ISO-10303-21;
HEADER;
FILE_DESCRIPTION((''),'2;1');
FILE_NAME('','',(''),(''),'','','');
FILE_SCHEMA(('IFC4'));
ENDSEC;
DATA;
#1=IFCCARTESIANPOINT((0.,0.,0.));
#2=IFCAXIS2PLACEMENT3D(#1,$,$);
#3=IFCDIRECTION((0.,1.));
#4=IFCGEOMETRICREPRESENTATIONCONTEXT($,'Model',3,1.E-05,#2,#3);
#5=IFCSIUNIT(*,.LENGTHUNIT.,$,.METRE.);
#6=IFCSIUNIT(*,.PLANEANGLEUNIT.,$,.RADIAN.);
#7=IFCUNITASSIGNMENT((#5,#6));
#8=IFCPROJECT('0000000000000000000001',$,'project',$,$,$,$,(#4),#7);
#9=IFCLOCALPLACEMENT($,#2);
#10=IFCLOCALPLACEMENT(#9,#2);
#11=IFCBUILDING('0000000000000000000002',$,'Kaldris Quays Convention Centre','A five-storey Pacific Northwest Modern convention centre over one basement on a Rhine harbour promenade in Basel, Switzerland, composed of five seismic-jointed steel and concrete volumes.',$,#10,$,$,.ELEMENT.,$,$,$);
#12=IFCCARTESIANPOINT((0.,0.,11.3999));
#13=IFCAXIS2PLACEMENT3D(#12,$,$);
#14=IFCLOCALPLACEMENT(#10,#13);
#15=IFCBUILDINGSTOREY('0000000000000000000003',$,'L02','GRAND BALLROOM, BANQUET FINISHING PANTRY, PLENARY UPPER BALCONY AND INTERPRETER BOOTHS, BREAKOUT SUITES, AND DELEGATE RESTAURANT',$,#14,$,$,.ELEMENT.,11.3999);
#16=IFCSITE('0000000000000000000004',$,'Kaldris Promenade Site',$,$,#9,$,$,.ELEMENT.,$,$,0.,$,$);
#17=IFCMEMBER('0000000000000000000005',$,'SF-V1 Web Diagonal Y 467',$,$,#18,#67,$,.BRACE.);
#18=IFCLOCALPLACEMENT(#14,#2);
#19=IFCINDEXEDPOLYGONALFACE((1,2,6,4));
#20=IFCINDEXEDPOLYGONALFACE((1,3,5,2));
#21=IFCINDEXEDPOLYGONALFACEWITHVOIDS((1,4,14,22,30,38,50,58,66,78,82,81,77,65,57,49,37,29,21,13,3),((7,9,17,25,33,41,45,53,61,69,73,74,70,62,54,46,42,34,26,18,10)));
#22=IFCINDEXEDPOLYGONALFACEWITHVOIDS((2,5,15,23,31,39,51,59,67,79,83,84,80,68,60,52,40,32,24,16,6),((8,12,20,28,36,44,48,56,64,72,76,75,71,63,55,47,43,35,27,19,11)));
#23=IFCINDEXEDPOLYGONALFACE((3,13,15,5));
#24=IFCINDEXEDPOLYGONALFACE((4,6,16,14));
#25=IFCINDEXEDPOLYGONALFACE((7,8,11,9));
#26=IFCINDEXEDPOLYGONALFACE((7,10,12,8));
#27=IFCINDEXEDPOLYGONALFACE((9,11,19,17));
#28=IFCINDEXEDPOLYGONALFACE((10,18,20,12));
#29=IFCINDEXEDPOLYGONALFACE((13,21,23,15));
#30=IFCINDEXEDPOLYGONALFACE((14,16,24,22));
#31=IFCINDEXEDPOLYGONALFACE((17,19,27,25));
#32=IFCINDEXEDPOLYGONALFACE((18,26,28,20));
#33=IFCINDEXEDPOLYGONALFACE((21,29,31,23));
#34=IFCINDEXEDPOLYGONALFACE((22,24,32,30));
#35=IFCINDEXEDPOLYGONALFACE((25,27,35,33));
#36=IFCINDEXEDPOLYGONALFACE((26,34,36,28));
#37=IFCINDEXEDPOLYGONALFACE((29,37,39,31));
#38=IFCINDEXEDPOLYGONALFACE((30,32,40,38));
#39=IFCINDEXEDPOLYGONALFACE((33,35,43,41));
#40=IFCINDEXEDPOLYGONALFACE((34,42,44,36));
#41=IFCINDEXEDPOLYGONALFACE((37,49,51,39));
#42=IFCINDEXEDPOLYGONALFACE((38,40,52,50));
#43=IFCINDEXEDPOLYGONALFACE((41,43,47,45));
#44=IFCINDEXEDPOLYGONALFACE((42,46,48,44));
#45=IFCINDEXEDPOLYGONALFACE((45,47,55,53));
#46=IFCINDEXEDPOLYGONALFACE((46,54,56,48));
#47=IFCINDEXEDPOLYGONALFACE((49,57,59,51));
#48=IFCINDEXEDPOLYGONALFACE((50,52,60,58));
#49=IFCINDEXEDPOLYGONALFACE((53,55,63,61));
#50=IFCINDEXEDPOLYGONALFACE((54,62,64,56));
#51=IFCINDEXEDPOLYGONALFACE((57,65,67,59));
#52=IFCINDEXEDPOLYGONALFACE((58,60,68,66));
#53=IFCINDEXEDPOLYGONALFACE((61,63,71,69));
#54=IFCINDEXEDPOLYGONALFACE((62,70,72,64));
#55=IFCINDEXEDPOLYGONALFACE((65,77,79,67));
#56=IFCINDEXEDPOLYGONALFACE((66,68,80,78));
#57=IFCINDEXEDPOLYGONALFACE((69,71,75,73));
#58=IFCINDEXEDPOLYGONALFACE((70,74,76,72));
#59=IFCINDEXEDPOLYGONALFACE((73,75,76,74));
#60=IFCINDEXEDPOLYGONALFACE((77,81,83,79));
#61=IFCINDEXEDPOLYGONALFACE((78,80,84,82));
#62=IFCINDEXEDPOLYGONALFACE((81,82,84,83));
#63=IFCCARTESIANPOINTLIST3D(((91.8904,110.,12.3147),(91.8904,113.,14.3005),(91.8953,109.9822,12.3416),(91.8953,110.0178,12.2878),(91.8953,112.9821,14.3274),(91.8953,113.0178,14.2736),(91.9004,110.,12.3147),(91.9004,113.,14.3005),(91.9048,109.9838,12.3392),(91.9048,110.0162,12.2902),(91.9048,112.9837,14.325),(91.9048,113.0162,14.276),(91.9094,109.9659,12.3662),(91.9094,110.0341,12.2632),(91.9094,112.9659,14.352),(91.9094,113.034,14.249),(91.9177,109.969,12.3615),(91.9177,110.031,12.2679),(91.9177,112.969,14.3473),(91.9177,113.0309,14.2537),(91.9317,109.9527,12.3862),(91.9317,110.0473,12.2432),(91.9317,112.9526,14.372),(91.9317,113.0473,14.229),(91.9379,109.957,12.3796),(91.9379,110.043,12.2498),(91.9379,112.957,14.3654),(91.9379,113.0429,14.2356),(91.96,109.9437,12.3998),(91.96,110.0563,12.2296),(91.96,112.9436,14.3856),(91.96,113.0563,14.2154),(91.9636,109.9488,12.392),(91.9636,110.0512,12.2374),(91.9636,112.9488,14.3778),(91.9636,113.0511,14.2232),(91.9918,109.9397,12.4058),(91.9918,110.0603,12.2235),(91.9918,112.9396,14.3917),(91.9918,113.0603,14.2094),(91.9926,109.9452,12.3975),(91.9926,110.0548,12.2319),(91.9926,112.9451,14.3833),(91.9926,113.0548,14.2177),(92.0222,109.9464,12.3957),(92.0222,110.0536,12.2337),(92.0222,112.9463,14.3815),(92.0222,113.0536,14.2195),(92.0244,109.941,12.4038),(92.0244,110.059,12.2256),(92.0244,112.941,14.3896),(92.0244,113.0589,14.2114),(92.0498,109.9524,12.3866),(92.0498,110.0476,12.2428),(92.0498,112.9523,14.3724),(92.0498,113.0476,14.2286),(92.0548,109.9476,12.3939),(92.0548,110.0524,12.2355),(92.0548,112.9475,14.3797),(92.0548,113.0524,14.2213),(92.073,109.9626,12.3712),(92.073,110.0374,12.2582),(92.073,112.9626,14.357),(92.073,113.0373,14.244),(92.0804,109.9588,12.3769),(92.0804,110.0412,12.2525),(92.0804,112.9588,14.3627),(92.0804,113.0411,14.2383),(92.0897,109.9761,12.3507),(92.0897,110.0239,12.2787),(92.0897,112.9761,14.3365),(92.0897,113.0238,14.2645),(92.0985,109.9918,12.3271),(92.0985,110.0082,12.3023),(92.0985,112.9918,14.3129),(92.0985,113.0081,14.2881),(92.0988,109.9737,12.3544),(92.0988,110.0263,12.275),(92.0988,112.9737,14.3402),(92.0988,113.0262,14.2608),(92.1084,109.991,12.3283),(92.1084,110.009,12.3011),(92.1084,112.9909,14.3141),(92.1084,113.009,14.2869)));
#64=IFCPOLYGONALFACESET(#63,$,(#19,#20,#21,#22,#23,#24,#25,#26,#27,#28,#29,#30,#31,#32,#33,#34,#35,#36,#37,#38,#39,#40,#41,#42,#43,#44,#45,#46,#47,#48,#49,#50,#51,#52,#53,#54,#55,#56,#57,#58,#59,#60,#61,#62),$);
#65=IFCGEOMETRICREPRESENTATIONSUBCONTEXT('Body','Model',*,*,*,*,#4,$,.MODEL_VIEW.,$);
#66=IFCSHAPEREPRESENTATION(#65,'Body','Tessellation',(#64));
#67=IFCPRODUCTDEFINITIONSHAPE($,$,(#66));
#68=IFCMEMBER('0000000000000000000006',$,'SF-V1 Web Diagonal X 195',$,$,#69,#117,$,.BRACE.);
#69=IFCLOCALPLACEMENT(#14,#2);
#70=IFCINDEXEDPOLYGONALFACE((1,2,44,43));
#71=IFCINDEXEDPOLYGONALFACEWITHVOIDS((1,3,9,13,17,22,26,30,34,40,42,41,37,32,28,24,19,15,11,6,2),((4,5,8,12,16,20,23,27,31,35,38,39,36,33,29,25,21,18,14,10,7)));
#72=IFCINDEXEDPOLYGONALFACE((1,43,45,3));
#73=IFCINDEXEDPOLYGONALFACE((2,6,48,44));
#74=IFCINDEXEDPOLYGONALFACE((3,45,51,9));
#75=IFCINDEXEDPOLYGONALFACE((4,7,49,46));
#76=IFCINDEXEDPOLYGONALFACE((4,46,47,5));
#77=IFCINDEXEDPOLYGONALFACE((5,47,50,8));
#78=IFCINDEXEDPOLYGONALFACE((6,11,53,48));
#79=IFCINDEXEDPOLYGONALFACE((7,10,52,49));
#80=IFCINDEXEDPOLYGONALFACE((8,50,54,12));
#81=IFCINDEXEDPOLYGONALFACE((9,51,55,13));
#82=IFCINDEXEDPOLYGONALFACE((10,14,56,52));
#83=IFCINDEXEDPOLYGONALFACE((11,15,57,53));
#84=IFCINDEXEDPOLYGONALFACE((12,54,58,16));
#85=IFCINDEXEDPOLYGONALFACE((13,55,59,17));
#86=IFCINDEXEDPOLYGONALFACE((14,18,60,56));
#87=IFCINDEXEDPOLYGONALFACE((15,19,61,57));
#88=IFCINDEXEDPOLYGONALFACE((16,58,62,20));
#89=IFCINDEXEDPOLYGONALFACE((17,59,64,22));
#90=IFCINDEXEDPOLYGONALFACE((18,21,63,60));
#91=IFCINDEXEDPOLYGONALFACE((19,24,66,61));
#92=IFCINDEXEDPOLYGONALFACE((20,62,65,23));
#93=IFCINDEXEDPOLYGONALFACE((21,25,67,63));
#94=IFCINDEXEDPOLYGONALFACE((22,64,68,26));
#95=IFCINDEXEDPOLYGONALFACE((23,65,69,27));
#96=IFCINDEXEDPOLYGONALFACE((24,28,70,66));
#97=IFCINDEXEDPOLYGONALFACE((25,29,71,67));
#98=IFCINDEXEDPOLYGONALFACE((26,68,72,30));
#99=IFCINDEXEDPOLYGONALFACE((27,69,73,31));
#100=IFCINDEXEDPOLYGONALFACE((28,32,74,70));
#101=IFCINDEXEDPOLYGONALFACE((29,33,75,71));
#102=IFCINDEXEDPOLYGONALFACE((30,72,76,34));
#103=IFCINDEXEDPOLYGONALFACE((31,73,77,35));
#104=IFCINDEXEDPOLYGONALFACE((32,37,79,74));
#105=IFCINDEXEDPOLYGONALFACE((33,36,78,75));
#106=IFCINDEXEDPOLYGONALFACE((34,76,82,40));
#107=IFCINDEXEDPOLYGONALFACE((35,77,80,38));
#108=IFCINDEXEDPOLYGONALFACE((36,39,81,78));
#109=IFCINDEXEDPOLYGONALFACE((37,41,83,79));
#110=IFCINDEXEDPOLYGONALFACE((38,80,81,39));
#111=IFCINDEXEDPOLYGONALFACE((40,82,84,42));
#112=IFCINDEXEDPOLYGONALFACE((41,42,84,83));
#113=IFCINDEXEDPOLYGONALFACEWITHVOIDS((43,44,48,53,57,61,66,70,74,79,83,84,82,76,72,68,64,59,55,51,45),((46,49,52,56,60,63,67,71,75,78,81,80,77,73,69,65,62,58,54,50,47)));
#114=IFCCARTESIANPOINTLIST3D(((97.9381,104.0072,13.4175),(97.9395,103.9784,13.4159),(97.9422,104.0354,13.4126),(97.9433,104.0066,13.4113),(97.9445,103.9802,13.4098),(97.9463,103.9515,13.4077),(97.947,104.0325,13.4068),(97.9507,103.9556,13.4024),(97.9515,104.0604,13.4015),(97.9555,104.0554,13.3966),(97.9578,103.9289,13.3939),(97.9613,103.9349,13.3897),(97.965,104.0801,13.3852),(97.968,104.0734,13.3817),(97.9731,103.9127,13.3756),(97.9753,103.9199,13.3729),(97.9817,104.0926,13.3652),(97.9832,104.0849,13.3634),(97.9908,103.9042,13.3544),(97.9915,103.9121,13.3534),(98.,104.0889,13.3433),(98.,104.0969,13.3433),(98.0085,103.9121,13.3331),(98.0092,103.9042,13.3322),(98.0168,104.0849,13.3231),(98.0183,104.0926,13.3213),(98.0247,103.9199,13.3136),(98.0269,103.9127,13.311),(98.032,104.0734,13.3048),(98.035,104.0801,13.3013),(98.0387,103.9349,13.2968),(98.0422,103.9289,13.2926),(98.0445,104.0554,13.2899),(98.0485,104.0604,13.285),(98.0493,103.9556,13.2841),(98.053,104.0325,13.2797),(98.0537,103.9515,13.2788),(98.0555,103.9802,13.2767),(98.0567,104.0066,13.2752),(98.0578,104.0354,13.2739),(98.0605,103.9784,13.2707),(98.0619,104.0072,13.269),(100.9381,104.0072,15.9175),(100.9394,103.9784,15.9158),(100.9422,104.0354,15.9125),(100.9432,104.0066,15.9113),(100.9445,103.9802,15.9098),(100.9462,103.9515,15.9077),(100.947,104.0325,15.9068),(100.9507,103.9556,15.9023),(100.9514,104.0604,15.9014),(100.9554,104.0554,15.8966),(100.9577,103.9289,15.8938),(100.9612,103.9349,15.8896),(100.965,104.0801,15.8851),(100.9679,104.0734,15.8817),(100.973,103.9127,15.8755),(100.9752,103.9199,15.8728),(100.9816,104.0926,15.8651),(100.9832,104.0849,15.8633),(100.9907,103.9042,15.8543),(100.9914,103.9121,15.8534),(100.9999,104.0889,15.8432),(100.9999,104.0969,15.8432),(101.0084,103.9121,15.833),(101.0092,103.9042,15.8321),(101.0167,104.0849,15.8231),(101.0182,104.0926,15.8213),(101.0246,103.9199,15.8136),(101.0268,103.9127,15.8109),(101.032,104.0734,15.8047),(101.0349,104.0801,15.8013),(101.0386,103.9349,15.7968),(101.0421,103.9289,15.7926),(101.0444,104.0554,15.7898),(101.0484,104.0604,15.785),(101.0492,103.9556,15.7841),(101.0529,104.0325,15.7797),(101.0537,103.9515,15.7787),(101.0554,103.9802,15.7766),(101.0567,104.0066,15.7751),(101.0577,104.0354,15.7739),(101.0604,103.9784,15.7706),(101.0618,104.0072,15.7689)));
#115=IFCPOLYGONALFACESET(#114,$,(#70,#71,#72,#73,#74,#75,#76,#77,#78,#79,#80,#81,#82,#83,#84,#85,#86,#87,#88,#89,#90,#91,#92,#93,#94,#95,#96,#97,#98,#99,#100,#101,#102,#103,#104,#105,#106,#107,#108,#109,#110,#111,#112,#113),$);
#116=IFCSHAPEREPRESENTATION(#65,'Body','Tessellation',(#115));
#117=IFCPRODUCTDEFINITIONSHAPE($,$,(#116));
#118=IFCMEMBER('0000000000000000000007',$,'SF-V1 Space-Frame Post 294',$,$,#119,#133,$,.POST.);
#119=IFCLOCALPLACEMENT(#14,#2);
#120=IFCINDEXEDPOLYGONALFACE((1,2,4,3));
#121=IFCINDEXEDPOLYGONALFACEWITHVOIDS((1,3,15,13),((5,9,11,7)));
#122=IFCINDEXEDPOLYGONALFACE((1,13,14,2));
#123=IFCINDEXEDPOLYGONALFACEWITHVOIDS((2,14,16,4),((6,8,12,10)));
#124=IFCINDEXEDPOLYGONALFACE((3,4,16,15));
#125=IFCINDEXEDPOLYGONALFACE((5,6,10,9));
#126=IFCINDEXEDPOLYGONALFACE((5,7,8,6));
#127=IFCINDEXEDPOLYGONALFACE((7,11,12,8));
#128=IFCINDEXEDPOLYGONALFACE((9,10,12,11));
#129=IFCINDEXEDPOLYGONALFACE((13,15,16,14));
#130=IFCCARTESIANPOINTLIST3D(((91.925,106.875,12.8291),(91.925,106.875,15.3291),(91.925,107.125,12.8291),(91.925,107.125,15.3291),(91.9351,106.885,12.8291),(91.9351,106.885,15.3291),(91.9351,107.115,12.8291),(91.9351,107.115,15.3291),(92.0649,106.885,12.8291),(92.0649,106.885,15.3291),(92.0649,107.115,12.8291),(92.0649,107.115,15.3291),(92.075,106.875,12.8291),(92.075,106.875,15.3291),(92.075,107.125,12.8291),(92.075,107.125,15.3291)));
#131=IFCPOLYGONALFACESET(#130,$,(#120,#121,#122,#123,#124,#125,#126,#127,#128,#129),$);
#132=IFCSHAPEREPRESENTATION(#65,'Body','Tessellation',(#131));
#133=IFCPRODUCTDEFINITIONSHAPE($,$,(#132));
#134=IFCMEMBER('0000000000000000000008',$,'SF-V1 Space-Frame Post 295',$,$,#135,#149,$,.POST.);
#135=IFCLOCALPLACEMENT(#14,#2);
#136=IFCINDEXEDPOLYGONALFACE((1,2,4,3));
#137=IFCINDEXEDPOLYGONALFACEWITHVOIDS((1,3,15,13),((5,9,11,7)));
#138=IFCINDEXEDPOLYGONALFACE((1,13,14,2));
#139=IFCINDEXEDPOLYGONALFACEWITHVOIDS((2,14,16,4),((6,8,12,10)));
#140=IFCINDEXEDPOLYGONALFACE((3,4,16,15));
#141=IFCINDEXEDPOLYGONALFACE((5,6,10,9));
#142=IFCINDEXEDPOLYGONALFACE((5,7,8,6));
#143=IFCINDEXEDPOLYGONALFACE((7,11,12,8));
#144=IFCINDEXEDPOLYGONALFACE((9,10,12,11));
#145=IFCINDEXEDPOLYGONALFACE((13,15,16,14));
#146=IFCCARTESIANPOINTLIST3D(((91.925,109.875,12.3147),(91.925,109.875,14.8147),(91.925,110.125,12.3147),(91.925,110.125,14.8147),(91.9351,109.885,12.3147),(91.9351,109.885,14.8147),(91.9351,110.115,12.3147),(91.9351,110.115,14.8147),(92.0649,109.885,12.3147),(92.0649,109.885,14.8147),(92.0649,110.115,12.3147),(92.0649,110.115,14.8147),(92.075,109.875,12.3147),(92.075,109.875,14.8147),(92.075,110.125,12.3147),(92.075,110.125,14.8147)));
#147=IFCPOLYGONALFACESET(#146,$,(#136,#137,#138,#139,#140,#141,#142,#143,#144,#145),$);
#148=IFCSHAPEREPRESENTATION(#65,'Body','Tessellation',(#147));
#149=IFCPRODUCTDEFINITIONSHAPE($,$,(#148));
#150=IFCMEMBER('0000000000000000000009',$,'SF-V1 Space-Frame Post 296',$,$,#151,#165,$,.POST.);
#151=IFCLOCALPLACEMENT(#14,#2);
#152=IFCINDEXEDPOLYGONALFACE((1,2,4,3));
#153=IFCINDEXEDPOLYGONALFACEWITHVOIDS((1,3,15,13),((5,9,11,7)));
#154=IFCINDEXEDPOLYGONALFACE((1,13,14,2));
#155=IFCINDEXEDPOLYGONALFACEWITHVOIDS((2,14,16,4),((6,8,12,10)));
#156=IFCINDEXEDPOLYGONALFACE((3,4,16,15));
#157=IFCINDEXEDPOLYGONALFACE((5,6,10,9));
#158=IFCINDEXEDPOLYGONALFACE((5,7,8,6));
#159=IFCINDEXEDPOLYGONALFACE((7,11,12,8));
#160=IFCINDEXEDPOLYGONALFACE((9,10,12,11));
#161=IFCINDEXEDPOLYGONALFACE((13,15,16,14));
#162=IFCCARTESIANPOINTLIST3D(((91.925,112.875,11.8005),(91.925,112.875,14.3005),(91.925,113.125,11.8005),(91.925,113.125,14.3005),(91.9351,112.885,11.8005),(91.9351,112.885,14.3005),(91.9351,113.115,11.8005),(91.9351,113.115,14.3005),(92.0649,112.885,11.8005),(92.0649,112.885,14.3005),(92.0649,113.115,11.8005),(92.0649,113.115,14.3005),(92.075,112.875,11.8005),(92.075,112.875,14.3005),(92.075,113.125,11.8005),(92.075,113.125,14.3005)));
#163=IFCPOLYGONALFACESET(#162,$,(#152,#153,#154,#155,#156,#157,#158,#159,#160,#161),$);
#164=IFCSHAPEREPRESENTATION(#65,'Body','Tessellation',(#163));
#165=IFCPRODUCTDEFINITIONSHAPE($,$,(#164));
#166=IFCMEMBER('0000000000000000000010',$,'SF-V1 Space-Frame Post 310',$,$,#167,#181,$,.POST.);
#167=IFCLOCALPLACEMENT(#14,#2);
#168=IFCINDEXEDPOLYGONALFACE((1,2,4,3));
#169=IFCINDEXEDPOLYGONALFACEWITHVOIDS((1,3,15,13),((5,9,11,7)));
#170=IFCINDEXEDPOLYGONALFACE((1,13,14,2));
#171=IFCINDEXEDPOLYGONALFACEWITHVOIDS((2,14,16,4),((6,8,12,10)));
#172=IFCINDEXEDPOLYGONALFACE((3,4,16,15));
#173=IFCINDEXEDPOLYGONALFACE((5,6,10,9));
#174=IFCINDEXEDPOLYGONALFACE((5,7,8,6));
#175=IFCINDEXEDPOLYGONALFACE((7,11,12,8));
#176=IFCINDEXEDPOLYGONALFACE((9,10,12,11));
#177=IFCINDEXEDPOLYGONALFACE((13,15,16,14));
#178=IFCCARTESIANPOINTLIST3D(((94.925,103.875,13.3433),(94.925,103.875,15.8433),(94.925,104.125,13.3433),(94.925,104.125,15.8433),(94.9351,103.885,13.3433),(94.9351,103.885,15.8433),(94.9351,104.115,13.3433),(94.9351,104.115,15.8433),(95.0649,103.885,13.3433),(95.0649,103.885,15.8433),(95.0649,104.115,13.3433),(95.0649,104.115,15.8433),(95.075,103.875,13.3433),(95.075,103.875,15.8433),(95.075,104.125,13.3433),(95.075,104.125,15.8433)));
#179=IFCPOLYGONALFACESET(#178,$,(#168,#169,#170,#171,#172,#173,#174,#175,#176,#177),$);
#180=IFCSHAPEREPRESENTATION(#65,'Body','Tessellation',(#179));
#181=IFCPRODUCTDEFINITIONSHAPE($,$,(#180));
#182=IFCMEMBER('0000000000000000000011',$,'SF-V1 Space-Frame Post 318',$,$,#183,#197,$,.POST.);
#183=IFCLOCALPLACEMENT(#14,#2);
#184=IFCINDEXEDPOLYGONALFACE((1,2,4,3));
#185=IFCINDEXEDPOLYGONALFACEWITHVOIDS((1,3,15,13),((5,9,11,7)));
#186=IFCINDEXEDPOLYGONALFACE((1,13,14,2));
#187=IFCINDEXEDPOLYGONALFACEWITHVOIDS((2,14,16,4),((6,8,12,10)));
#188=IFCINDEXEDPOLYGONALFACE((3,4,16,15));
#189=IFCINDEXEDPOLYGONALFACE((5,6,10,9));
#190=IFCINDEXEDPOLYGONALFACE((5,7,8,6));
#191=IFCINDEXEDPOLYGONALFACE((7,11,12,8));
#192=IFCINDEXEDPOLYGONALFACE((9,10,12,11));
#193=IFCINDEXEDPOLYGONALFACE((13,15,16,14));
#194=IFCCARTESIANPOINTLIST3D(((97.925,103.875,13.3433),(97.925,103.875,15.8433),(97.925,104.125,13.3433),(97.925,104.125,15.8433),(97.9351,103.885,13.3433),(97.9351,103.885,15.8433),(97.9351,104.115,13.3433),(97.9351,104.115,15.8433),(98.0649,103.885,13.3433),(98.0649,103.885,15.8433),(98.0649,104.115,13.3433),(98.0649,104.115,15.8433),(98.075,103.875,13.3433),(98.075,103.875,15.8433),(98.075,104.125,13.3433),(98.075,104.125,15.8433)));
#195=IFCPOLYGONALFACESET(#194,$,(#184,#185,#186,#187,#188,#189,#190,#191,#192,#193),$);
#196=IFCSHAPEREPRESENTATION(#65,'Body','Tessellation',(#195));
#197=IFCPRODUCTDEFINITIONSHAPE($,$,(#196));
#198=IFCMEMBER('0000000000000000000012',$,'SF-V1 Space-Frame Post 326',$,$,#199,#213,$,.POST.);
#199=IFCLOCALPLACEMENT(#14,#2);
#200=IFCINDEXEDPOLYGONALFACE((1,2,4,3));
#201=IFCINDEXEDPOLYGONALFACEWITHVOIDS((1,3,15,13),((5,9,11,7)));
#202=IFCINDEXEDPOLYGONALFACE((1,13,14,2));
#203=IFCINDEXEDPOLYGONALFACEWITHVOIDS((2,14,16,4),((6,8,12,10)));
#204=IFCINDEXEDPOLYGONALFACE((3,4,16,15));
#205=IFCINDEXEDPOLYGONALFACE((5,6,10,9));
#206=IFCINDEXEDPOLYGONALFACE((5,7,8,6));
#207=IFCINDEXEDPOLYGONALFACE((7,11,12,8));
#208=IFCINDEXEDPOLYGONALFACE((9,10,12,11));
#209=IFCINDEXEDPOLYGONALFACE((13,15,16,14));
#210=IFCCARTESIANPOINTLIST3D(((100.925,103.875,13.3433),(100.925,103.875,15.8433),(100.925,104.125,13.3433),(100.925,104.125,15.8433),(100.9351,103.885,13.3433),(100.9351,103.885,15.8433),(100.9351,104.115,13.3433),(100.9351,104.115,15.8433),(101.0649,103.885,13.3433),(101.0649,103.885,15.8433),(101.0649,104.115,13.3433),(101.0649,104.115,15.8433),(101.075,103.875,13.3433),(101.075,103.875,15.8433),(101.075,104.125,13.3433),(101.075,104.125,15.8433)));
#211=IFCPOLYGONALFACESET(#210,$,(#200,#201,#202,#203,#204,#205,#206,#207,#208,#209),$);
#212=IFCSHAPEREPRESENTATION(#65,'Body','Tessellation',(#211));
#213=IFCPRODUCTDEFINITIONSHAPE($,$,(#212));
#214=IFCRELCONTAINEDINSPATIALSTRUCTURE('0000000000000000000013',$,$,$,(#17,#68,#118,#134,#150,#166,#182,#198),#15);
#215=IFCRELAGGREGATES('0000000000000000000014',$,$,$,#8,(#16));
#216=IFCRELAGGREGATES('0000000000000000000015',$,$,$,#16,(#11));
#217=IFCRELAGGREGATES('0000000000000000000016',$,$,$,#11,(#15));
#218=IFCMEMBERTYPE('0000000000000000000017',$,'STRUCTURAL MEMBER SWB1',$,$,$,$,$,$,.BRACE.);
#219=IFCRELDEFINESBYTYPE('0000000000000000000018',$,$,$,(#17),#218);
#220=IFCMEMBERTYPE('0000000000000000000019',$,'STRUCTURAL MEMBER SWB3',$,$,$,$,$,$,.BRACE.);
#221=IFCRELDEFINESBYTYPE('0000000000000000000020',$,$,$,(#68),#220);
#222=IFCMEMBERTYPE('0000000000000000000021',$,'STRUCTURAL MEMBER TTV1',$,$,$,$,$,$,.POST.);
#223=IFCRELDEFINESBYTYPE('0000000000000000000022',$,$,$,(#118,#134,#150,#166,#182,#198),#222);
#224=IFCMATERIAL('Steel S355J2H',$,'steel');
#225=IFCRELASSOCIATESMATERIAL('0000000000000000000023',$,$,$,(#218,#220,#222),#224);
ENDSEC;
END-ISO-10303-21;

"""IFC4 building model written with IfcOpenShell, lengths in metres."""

from ifc_helpers import new_model, si_unit, direction, frame, origin, origin_2d, place, context, subcontext, project, spatial, hollow_rectangle, hollow_circle, extrude, material, material_profile, profile_set, type_object, element, save


model = new_model("IFC4")

# Units and contexts
model_context = context("Model", 3, precision=1e-05, world=origin(), true_north=direction((0.0, 1.0)))
body_context = subcontext(model_context, "Body", "Model", "MODEL_VIEW")
ifc_project = project(units=[si_unit("LENGTHUNIT", "METRE"), si_unit("PLANEANGLEUNIT", "RADIAN")], contexts=[model_context])

# Site, building, storey
site_placement = place(None, origin())
site = spatial("IfcSite", under=ifc_project, at=site_placement, Name="Kaldris Promenade Site", CompositionType="ELEMENT", RefElevation=0.0)
building_placement = place(site_placement, origin())
building = spatial("IfcBuilding", under=site, at=building_placement, Name="Kaldris Quays Convention Centre", Description="A five-storey Pacific Northwest Modern convention centre over one basement on a Rhine harbour promenade in Basel, Switzerland, composed of five seismic-jointed steel and concrete volumes.", CompositionType="ELEMENT")
storey_placement = place(building_placement, frame((0.0, 0.0, 11.3999)))
storey = spatial("IfcBuildingStorey", under=building, at=storey_placement, Name="L02", Description="GRAND BALLROOM, BANQUET FINISHING PANTRY, PLENARY UPPER BALCONY AND INTERPRETER BOOTHS, BREAKOUT SUITES, AND DELEGATE RESTAURANT", CompositionType="ELEMENT", Elevation=11.3999)

# Members
ifc_material = material(Name="Steel S355J2H", Category="steel")
ifc_material_profile_1 = material_profile(ifc_material, hollow_circle(Radius=0.1096, WallThickness=0.01, at=origin_2d()), Name="CHS 219.1x10")
ifc_profile_set_1 = profile_set([ifc_material_profile_1], Name="Steel S355J2H")
member_type_1 = type_object("IfcMemberType", Name="STRUCTURAL MEMBER SWB1", PredefinedType="BRACE", material=ifc_profile_set_1)
member_1_placement = place(storey_placement, frame((92.0, 110.0, 12.3147), z_axis=(0.0, 0.833862, 0.551972), x_axis=(-1.0, 0.0, 0.0)))
element("IfcMember", 1, at=member_1_placement, inside=storey, type_object=member_type_1, Name="SF-V1 Web Diagonal Y 467", PredefinedType="BRACE", context=body_context, shape_type="SweptSolid", body=[
    extrude(hollow_circle(Radius=0.1096, WallThickness=0.01, at=origin_2d()), origin(), (0.0, 0.0, 1.0), 3.5977),
])
ifc_material_profile_2 = material_profile(ifc_material, hollow_circle(Radius=0.0969, WallThickness=0.0081, at=origin_2d()), Name="CHS 193.7x8")
ifc_profile_set_2 = profile_set([ifc_material_profile_2], Name="Steel S355J2H")
member_type_2 = type_object("IfcMemberType", Name="STRUCTURAL MEMBER SWB3", PredefinedType="BRACE", material=ifc_profile_set_2)
member_2_placement = place(storey_placement, frame((98.0, 104.0, 13.3433), z_axis=(0.768221, 0.0, 0.640184), x_axis=(0.0, 1.0, 0.0)))
element("IfcMember", 2, at=member_2_placement, inside=storey, type_object=member_type_2, Name="SF-V1 Web Diagonal X 195", PredefinedType="BRACE", context=body_context, shape_type="SweptSolid", body=[
    extrude(hollow_circle(Radius=0.0969, WallThickness=0.0081, at=origin_2d()), origin(), (0.0, 0.0, 1.0), 3.905),
])
ifc_material_profile_3 = material_profile(ifc_material, hollow_rectangle(XDim=0.1499, YDim=0.25, WallThickness=0.01, at=origin_2d()), Name="RHS 250x150x10")
ifc_profile_set_3 = profile_set([ifc_material_profile_3], Name="Steel S355J2H")
member_type_3 = type_object("IfcMemberType", Name="STRUCTURAL MEMBER TTV1", PredefinedType="POST", material=ifc_profile_set_3)
for number, where, z_axis, x_axis, name in (
    (3, (92.0, 107.0, 12.8291), (0.0, 0.0, 1.0), (1.0, 0.0, 0.0), "SF-V1 Space-Frame Post 294"),
    (4, (92.0, 110.0, 12.3147), (0.0, 0.0, 1.0), (1.0, 0.0, 0.0), "SF-V1 Space-Frame Post 295"),
    (5, (92.0, 113.0, 11.8005), (0.0, 0.0, 1.0), (1.0, 0.0, 0.0), "SF-V1 Space-Frame Post 296"),
    (6, (95.0, 104.0, 13.3433), (0.0, 0.0, 1.0), (1.0, 0.0, 0.0), "SF-V1 Space-Frame Post 310"),
    (7, (98.0, 104.0, 13.3433), (0.0, 0.0, 1.0), (1.0, 0.0, 0.0), "SF-V1 Space-Frame Post 318"),
    (8, (101.0, 104.0, 13.3433), (0.0, 0.0, 1.0), (1.0, 0.0, 0.0), "SF-V1 Space-Frame Post 326"),
):
    element("IfcMember", number, at=place(storey_placement, frame(where, z_axis=z_axis, x_axis=x_axis)), inside=storey, type_object=member_type_3, Name=name, PredefinedType="POST", context=body_context, shape_type="SweptSolid", body=[
        extrude(hollow_rectangle(XDim=0.1499, YDim=0.25, WallThickness=0.01, at=origin_2d()), origin(), (0.0, 0.0, 1.0), 2.5),
    ])

save(model, "model.ifc")
